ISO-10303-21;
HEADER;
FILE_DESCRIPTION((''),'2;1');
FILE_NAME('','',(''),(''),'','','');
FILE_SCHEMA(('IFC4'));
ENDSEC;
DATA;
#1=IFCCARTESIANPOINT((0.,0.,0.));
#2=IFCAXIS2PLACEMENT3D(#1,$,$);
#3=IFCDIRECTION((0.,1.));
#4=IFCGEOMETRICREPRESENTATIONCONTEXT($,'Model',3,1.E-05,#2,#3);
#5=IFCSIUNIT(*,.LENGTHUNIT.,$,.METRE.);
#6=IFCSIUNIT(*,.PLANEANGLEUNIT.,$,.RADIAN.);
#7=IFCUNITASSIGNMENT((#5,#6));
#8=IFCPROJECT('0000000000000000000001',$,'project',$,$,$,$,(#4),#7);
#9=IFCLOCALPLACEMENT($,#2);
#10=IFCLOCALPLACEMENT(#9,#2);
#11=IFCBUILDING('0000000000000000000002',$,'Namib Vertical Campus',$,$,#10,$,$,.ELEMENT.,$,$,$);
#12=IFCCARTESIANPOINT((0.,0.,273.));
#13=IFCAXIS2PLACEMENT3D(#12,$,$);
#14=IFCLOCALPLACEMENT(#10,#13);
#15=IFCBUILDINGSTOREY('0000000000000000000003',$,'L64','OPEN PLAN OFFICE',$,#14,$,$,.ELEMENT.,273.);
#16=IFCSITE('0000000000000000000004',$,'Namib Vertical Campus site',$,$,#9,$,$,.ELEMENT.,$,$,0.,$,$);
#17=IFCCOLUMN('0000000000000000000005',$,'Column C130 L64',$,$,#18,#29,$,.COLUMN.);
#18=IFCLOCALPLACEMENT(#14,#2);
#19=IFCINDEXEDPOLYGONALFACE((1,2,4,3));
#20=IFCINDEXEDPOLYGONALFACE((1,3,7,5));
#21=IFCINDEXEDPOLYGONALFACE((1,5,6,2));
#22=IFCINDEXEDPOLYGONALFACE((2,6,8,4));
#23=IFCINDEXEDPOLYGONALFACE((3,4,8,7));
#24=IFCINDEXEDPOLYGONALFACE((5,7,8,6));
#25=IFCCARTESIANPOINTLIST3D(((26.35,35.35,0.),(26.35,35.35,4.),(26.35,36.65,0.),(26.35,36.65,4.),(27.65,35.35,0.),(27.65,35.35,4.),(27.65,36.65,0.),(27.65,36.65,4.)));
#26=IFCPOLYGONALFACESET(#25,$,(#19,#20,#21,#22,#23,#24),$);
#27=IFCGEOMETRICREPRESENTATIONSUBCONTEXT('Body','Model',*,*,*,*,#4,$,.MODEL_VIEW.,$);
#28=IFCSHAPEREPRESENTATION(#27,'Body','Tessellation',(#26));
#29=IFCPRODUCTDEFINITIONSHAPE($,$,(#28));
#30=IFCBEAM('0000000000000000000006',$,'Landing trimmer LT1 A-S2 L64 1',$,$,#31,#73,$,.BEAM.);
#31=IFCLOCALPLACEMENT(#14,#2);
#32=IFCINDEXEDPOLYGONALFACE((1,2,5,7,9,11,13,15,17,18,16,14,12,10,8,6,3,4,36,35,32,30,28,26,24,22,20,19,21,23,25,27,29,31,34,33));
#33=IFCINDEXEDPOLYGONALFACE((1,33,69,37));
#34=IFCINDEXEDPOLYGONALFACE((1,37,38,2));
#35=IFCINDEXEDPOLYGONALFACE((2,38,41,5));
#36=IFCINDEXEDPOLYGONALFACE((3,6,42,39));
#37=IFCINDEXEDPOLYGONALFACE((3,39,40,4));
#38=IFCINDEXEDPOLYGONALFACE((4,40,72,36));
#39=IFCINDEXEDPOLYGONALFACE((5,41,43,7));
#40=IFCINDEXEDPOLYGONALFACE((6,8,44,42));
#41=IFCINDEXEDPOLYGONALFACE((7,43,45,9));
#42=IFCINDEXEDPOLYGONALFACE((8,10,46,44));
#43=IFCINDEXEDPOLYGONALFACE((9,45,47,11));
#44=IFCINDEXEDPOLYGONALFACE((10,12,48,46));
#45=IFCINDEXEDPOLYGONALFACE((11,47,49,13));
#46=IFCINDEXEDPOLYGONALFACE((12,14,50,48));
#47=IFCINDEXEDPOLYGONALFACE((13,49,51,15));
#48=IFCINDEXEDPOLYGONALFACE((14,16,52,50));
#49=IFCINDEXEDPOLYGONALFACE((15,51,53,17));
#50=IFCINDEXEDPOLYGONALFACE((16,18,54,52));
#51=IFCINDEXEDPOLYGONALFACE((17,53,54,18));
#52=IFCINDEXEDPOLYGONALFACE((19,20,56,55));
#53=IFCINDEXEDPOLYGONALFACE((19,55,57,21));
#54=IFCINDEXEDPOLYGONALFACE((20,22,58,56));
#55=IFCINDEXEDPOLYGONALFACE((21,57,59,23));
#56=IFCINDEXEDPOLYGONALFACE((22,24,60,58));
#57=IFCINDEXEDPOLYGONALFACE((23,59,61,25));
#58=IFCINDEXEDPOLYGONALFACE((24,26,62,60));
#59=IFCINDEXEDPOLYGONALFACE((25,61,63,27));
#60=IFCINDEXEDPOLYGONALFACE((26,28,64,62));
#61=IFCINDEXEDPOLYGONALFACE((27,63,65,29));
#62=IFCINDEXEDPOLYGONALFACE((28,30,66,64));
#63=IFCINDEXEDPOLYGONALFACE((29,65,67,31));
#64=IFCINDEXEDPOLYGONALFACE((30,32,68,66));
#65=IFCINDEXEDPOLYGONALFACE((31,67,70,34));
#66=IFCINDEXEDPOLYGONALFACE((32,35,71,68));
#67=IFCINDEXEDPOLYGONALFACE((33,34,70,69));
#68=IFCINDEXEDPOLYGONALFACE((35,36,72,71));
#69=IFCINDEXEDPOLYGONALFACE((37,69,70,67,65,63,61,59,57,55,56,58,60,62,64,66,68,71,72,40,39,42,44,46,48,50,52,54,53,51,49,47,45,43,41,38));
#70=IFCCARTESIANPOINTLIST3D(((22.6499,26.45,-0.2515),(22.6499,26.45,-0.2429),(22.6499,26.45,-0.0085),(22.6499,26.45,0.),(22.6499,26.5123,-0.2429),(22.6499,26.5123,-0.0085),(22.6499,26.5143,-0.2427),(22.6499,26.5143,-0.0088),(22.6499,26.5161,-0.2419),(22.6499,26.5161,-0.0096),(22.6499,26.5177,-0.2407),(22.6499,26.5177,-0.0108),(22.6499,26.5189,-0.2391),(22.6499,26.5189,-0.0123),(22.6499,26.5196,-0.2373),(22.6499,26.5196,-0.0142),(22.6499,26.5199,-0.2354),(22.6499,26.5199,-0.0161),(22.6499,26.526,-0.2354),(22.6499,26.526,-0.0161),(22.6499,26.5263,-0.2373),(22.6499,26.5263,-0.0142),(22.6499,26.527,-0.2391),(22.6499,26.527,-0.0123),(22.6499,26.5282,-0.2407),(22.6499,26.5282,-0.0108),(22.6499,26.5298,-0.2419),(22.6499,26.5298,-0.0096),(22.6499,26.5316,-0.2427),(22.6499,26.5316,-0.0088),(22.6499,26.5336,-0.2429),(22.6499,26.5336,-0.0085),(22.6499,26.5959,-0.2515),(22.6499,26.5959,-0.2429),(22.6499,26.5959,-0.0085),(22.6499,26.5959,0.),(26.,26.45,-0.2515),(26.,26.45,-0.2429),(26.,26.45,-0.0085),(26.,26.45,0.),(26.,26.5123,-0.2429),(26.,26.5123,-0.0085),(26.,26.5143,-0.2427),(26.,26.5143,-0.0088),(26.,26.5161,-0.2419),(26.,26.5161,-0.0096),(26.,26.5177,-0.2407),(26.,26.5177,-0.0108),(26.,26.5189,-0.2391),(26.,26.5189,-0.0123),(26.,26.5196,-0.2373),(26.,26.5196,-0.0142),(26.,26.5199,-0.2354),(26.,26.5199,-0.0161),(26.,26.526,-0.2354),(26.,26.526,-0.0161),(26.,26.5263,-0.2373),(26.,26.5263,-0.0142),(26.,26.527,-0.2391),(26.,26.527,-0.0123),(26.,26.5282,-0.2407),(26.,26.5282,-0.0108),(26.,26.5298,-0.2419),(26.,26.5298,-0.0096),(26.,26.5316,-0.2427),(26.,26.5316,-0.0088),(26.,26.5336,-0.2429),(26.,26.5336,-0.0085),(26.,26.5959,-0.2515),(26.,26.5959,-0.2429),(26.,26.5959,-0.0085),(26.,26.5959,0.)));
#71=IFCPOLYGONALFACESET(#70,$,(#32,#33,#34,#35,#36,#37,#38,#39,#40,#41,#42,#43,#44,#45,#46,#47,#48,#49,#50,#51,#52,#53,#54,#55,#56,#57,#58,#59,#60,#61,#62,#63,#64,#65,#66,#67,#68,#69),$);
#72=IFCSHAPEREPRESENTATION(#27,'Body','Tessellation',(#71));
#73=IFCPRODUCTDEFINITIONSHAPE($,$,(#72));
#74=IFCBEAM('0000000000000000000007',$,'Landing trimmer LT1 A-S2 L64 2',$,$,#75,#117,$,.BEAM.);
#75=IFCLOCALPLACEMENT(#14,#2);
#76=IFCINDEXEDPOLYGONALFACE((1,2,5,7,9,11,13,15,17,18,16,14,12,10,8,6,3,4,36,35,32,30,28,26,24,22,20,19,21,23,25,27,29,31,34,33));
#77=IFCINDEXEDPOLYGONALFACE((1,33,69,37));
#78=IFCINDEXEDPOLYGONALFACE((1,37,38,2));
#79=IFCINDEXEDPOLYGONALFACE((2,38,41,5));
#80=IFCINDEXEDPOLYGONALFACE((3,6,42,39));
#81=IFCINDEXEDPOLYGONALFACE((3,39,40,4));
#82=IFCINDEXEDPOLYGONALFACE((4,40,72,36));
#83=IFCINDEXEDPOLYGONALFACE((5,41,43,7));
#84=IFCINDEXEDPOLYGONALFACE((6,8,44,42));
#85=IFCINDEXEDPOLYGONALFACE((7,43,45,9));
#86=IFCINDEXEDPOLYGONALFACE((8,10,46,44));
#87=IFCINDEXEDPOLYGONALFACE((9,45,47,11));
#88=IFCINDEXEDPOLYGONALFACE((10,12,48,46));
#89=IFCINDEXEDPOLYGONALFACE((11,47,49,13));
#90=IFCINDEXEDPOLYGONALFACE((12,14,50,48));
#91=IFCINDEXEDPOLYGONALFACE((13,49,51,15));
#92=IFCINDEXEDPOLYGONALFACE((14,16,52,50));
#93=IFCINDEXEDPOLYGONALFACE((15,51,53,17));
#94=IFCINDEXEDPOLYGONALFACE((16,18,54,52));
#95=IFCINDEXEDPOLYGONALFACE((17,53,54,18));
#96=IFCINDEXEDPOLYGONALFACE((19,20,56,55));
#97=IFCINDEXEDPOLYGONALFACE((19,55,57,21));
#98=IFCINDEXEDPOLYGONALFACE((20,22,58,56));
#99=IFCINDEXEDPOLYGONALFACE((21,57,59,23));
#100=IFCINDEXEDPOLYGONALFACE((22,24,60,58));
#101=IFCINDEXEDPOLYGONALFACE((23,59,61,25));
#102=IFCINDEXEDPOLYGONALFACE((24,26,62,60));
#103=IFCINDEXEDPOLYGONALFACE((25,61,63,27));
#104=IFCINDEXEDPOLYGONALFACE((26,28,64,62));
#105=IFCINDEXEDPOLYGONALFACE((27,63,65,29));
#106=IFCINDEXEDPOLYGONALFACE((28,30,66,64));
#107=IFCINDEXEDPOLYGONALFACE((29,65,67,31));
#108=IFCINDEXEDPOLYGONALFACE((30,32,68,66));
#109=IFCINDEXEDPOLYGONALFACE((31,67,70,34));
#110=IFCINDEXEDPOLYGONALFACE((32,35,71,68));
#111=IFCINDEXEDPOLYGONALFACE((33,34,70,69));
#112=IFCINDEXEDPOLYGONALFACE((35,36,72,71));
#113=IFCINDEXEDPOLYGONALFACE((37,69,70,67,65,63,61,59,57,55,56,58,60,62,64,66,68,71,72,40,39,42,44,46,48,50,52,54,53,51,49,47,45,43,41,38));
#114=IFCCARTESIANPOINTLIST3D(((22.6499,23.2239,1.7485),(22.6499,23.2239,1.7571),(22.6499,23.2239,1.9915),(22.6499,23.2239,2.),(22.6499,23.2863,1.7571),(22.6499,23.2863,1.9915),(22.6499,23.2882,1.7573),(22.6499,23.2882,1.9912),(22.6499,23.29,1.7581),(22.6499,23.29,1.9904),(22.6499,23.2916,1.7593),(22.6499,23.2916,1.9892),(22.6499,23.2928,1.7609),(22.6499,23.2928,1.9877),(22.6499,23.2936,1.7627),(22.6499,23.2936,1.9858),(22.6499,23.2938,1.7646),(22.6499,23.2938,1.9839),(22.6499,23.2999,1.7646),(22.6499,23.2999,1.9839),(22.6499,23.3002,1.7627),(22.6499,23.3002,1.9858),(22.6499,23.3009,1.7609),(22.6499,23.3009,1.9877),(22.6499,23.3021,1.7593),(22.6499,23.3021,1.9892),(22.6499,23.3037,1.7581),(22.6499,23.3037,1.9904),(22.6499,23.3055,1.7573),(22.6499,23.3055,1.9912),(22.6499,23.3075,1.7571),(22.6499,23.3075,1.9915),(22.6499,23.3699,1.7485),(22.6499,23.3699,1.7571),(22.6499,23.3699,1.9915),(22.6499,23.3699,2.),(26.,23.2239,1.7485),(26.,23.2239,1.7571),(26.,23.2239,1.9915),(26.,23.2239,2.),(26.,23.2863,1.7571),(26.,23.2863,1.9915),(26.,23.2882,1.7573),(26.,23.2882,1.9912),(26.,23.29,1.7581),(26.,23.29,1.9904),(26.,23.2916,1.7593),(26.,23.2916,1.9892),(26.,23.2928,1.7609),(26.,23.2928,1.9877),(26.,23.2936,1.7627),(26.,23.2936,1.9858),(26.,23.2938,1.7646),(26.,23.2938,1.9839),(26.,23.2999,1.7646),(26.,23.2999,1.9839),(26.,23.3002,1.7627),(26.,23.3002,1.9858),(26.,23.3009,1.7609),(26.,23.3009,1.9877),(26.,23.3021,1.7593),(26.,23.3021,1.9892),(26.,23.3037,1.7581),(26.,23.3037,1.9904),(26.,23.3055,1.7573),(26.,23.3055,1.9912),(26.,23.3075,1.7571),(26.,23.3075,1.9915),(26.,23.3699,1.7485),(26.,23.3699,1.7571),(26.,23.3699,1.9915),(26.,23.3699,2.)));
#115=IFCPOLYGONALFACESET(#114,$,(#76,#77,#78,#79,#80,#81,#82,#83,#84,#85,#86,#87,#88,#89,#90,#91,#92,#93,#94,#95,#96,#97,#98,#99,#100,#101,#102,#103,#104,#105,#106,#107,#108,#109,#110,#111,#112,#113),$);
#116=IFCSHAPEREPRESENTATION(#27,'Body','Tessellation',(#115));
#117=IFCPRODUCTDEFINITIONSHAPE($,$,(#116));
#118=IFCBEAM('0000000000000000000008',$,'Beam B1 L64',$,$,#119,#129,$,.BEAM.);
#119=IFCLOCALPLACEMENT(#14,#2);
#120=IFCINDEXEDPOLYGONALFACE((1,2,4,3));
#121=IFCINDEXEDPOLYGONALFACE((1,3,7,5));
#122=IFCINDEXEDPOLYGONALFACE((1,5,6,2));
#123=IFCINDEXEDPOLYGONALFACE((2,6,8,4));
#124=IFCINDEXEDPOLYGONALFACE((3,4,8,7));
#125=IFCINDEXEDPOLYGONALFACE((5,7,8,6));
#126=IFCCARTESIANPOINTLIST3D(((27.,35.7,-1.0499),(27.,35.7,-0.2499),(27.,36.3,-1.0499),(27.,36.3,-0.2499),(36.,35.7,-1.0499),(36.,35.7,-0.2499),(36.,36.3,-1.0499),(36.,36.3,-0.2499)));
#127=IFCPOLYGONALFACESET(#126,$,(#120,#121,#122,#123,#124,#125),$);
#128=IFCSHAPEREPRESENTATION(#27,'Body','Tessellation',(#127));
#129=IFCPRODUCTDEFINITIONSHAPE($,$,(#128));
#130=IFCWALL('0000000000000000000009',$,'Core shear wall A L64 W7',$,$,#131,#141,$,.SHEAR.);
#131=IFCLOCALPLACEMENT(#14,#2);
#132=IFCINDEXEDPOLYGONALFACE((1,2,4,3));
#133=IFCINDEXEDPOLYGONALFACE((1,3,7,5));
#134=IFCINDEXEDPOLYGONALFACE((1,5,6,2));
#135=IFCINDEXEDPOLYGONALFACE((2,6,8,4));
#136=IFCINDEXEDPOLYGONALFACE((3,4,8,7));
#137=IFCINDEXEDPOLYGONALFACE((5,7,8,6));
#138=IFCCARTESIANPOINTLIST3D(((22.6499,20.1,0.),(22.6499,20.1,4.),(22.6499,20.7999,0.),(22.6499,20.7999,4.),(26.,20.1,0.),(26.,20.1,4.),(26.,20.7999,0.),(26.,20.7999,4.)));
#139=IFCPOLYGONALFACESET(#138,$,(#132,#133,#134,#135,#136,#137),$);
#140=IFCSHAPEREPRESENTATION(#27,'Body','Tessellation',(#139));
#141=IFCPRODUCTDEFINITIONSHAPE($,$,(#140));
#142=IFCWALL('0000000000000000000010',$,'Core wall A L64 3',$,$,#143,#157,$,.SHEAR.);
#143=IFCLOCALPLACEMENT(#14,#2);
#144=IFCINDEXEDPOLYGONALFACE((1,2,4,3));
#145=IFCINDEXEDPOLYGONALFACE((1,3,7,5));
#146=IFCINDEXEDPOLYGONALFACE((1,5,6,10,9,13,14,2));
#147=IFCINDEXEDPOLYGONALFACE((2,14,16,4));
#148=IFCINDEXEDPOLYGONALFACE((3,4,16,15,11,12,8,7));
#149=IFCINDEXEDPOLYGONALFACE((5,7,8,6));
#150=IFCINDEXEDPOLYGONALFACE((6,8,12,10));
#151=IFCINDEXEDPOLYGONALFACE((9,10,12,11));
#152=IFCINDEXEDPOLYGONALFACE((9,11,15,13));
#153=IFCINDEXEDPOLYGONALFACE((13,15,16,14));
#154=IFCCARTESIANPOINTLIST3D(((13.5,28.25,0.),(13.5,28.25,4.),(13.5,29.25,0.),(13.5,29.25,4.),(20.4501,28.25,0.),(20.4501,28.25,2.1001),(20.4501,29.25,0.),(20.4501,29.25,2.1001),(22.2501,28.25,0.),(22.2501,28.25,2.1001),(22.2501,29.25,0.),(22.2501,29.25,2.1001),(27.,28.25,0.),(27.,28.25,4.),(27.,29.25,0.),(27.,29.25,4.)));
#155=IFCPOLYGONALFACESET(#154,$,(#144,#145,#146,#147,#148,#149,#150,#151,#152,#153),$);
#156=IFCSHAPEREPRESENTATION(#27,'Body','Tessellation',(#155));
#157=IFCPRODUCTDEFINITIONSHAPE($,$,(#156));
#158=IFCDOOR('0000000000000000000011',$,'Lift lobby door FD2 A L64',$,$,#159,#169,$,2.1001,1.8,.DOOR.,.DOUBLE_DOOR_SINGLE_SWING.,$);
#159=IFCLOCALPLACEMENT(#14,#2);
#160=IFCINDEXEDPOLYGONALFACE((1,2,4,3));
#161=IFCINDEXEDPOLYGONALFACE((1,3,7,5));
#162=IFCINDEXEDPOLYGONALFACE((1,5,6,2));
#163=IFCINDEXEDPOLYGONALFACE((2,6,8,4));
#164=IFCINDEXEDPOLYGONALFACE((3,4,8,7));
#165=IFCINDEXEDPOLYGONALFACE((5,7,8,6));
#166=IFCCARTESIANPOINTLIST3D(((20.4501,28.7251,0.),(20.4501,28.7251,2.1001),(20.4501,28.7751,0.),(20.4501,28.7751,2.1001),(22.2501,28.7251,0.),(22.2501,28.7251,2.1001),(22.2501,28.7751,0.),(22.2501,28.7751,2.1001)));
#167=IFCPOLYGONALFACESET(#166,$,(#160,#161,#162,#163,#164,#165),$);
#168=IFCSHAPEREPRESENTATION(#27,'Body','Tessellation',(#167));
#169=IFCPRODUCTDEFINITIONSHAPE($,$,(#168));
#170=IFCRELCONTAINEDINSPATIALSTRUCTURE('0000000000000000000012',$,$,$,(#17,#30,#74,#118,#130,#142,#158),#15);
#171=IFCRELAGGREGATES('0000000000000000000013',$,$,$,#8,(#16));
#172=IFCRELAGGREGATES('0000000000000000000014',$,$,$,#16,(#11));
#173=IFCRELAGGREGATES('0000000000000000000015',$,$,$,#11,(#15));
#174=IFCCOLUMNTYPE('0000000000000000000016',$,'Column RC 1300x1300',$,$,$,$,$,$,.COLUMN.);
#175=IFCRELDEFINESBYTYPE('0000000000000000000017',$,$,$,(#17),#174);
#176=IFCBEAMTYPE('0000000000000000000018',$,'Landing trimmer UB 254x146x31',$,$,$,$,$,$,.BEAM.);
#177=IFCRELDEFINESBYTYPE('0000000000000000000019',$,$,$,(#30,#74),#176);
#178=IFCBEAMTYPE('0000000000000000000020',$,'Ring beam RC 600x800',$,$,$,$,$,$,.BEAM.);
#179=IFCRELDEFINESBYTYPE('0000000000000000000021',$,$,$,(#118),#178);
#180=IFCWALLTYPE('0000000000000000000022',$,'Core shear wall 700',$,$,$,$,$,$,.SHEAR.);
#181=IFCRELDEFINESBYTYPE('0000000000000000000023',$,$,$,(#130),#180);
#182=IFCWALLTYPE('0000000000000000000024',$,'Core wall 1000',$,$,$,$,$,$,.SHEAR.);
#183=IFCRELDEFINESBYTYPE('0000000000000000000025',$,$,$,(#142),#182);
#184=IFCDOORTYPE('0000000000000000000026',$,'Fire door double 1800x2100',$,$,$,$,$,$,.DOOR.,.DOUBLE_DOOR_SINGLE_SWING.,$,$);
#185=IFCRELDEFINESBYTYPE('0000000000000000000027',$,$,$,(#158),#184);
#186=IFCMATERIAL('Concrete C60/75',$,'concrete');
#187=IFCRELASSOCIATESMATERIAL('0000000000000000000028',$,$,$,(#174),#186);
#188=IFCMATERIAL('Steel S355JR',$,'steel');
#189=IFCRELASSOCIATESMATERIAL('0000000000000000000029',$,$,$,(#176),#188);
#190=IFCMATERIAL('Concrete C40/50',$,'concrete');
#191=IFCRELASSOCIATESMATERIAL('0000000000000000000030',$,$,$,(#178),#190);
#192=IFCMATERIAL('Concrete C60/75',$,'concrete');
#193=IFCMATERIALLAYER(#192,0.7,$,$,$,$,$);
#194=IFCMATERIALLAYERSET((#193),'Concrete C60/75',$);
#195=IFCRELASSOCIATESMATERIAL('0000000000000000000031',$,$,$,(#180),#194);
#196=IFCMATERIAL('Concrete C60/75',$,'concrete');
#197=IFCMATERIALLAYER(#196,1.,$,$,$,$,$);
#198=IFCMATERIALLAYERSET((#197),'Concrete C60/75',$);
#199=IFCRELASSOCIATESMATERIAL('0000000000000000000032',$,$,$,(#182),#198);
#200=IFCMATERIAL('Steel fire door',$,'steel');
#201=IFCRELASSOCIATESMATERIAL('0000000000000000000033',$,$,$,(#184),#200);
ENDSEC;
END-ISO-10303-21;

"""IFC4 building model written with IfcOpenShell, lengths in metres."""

from ifc_helpers import new_model, si_unit, direction, frame, frame_2d, origin, origin_2d, place, context, subcontext, project, spatial, rectangle, i_section, extrude, material, layer, layer_set, material_profile, profile_set, type_object, element, fill, save


model = new_model("IFC4")

# Units and contexts
model_context = context("Model", 3, precision=1e-05, world=origin(), true_north=direction((0.0, 1.0)))
body_context = subcontext(model_context, "Body", "Model", "MODEL_VIEW")
ifc_project = project(units=[si_unit("LENGTHUNIT", "METRE"), si_unit("PLANEANGLEUNIT", "RADIAN")], contexts=[model_context])

# Site, building, storey
site_placement = place(None, origin())
site = spatial("IfcSite", under=ifc_project, at=site_placement, Name="Namib Vertical Campus site", CompositionType="ELEMENT", RefElevation=0.0)
building_placement = place(site_placement, origin())
building = spatial("IfcBuilding", under=site, at=building_placement, Name="Namib Vertical Campus", CompositionType="ELEMENT")
storey_placement = place(building_placement, frame((0.0, 0.0, 273.0)))
storey = spatial("IfcBuildingStorey", under=building, at=storey_placement, Name="L64", Description="OPEN PLAN OFFICE", CompositionType="ELEMENT", Elevation=273.0)

# Column
ifc_material_1 = material(Name="Concrete C60/75", Category="concrete")
ifc_material_profile_1 = material_profile(ifc_material_1, rectangle(XDim=1.3, YDim=1.3, at=origin_2d()))
ifc_profile_set_1 = profile_set([ifc_material_profile_1], Name="Concrete C60/75")
column_type = type_object("IfcColumnType", Name="Column RC 1300x1300", PredefinedType="COLUMN", material=ifc_profile_set_1)
column_placement = place(storey_placement, frame((27.0, 36.0, 0.0), z_axis=(0.0, 0.0, 1.0), x_axis=(1.0, 0.0, 0.0)))
element("IfcColumn", 1, at=column_placement, inside=storey, type_object=column_type, Name="Column C130 L64", PredefinedType="COLUMN", context=body_context, shape_type="SweptSolid", body=[
    extrude(rectangle(XDim=1.3, YDim=1.3, at=origin_2d()), origin(), (0.0, 0.0, 1.0), 4.0),
])

# Beams
ifc_material_2 = material(Name="Steel S355JR", Category="steel")
ifc_material_profile_2 = material_profile(ifc_material_2, i_section(OverallWidth=0.146, OverallDepth=0.2515, WebThickness=0.0061, FlangeThickness=0.0085, FilletRadius=0.0076, at=origin_2d()))
ifc_profile_set_2 = profile_set([ifc_material_profile_2], Name="Steel S355JR")
beam_type_1 = type_object("IfcBeamType", Name="Landing trimmer UB 254x146x31", PredefinedType="BEAM", material=ifc_profile_set_2)
for number, where, z_axis, x_axis, name in (
    (2, (22.6499, 26.5229, -0.1257), (1.0, 0.0, 0.0), (0.0, 1.0, 0.0), "Landing trimmer LT1 A-S2 L64 1"),
    (3, (22.6499, 23.2969, 1.8743), (1.0, 0.0, 0.0), (0.0, 1.0, 0.0), "Landing trimmer LT1 A-S2 L64 2"),
):
    element("IfcBeam", number, at=place(storey_placement, frame(where, z_axis=z_axis, x_axis=x_axis)), inside=storey, type_object=beam_type_1, Name=name, PredefinedType="BEAM", context=body_context, shape_type="SweptSolid", body=[
        extrude(i_section(OverallWidth=0.146, OverallDepth=0.2515, WebThickness=0.0061, FlangeThickness=0.0085, FilletRadius=0.0076, at=origin_2d()), origin(), (0.0, 0.0, 1.0), 3.3501),
    ])
ifc_material_3 = material(Name="Concrete C40/50", Category="concrete")
ifc_material_profile_3 = material_profile(ifc_material_3, rectangle(XDim=0.6001, YDim=0.8, at=origin_2d()))
ifc_profile_set_3 = profile_set([ifc_material_profile_3], Name="Concrete C40/50")
beam_type_2 = type_object("IfcBeamType", Name="Ring beam RC 600x800", PredefinedType="BEAM", material=ifc_profile_set_3)
beam_placement = place(storey_placement, frame((27.0, 36.0, -0.6499), z_axis=(1.0, 0.0, 0.0), x_axis=(0.0, 1.0, 0.0)))
element("IfcBeam", 4, at=beam_placement, inside=storey, type_object=beam_type_2, Name="Beam B1 L64", PredefinedType="BEAM", context=body_context, shape_type="SweptSolid", body=[
    extrude(rectangle(XDim=0.6001, YDim=0.8, at=origin_2d()), origin(), (0.0, 0.0, 1.0), 9.0),
])

# Wall
ifc_material_4 = material(Name="Concrete C60/75", Category="concrete")
ifc_layer_1 = layer(ifc_material_4, 0.7)
ifc_layer_set_1 = layer_set([ifc_layer_1], Name="Concrete C60/75")
wall_type_1 = type_object("IfcWallType", Name="Core shear wall 700", PredefinedType="SHEAR", material=ifc_layer_set_1)
wall_1_placement = place(storey_placement, frame((22.6499, 20.45, 0.0), z_axis=(0.0, 0.0, 1.0), x_axis=(1.0, 0.0, 0.0)))
element("IfcWall", 5, at=wall_1_placement, inside=storey, type_object=wall_type_1, Name="Core shear wall A L64 W7", PredefinedType="SHEAR", context=body_context, shape_type="SweptSolid", body=[
    extrude(rectangle(XDim=3.3501, YDim=0.7, at=frame_2d((1.675, 0.0))), origin(), (0.0, 0.0, 1.0), 4.0),
])

# Wall, opening, door
ifc_material_5 = material(Name="Concrete C60/75", Category="concrete")
ifc_layer_2 = layer(ifc_material_5, 1.0)
ifc_layer_set_2 = layer_set([ifc_layer_2], Name="Concrete C60/75")
wall_type_2 = type_object("IfcWallType", Name="Core wall 1000", PredefinedType="SHEAR", material=ifc_layer_set_2)
wall_2_placement = place(storey_placement, frame((27.0, 28.75, 0.0), z_axis=(0.0, 0.0, 1.0), x_axis=(-1.0, 0.0, 0.0)))
wall_2 = element("IfcWall", 6, at=wall_2_placement, inside=storey, type_object=wall_type_2, Name="Core wall A L64 3", PredefinedType="SHEAR", context=body_context, shape_type="SweptSolid", body=[
    extrude(rectangle(XDim=13.5, YDim=1.0, at=frame_2d((6.75, 0.0))), origin(), (0.0, 0.0, 1.0), 4.0),
])
opening_1_placement = place(wall_2_placement, frame((4.75, 0.0, 0.0)))
opening_1 = element("IfcOpeningElement", 7, at=opening_1_placement, cuts=wall_2, PredefinedType="OPENING", context=body_context, shape_type="SweptSolid", body=[
    extrude(rectangle(XDim=1.8, YDim=2.1001, at=frame_2d((0.8999, 1.05))), frame((0.0, 0.51, 0.0), z_axis=(0.0, -1.0, 0.0), x_axis=(1.0, 0.0, 0.0)), (0.0, 0.0, 1.0), 1.02),
])
ifc_material_6 = material(Name="Steel fire door", Category="steel")
door_type_1 = type_object("IfcDoorType", Name="Fire door double 1800x2100", OperationType="DOUBLE_DOOR_SINGLE_SWING", PredefinedType="DOOR", material=ifc_material_6)
door_1_placement = place(opening_1_placement, origin())
door_1 = element("IfcDoor", 8, at=door_1_placement, inside=storey, type_object=door_type_1, Name="Lift lobby door FD2 A L64", OperationType="DOUBLE_DOOR_SINGLE_SWING", OverallHeight=2.1001, OverallWidth=1.8, PredefinedType="DOOR", context=body_context, shape_type="SweptSolid", body=[
    extrude(rectangle(XDim=1.8, YDim=2.1001, at=frame_2d((0.8999, 1.05))), frame((0.0, 0.0249, 0.0), z_axis=(0.0, -1.0, 0.0), x_axis=(1.0, 0.0, 0.0)), (0.0, 0.0, 1.0), 0.05),
])
fill(opening_1, door_1)

save(model, "model.ifc")
